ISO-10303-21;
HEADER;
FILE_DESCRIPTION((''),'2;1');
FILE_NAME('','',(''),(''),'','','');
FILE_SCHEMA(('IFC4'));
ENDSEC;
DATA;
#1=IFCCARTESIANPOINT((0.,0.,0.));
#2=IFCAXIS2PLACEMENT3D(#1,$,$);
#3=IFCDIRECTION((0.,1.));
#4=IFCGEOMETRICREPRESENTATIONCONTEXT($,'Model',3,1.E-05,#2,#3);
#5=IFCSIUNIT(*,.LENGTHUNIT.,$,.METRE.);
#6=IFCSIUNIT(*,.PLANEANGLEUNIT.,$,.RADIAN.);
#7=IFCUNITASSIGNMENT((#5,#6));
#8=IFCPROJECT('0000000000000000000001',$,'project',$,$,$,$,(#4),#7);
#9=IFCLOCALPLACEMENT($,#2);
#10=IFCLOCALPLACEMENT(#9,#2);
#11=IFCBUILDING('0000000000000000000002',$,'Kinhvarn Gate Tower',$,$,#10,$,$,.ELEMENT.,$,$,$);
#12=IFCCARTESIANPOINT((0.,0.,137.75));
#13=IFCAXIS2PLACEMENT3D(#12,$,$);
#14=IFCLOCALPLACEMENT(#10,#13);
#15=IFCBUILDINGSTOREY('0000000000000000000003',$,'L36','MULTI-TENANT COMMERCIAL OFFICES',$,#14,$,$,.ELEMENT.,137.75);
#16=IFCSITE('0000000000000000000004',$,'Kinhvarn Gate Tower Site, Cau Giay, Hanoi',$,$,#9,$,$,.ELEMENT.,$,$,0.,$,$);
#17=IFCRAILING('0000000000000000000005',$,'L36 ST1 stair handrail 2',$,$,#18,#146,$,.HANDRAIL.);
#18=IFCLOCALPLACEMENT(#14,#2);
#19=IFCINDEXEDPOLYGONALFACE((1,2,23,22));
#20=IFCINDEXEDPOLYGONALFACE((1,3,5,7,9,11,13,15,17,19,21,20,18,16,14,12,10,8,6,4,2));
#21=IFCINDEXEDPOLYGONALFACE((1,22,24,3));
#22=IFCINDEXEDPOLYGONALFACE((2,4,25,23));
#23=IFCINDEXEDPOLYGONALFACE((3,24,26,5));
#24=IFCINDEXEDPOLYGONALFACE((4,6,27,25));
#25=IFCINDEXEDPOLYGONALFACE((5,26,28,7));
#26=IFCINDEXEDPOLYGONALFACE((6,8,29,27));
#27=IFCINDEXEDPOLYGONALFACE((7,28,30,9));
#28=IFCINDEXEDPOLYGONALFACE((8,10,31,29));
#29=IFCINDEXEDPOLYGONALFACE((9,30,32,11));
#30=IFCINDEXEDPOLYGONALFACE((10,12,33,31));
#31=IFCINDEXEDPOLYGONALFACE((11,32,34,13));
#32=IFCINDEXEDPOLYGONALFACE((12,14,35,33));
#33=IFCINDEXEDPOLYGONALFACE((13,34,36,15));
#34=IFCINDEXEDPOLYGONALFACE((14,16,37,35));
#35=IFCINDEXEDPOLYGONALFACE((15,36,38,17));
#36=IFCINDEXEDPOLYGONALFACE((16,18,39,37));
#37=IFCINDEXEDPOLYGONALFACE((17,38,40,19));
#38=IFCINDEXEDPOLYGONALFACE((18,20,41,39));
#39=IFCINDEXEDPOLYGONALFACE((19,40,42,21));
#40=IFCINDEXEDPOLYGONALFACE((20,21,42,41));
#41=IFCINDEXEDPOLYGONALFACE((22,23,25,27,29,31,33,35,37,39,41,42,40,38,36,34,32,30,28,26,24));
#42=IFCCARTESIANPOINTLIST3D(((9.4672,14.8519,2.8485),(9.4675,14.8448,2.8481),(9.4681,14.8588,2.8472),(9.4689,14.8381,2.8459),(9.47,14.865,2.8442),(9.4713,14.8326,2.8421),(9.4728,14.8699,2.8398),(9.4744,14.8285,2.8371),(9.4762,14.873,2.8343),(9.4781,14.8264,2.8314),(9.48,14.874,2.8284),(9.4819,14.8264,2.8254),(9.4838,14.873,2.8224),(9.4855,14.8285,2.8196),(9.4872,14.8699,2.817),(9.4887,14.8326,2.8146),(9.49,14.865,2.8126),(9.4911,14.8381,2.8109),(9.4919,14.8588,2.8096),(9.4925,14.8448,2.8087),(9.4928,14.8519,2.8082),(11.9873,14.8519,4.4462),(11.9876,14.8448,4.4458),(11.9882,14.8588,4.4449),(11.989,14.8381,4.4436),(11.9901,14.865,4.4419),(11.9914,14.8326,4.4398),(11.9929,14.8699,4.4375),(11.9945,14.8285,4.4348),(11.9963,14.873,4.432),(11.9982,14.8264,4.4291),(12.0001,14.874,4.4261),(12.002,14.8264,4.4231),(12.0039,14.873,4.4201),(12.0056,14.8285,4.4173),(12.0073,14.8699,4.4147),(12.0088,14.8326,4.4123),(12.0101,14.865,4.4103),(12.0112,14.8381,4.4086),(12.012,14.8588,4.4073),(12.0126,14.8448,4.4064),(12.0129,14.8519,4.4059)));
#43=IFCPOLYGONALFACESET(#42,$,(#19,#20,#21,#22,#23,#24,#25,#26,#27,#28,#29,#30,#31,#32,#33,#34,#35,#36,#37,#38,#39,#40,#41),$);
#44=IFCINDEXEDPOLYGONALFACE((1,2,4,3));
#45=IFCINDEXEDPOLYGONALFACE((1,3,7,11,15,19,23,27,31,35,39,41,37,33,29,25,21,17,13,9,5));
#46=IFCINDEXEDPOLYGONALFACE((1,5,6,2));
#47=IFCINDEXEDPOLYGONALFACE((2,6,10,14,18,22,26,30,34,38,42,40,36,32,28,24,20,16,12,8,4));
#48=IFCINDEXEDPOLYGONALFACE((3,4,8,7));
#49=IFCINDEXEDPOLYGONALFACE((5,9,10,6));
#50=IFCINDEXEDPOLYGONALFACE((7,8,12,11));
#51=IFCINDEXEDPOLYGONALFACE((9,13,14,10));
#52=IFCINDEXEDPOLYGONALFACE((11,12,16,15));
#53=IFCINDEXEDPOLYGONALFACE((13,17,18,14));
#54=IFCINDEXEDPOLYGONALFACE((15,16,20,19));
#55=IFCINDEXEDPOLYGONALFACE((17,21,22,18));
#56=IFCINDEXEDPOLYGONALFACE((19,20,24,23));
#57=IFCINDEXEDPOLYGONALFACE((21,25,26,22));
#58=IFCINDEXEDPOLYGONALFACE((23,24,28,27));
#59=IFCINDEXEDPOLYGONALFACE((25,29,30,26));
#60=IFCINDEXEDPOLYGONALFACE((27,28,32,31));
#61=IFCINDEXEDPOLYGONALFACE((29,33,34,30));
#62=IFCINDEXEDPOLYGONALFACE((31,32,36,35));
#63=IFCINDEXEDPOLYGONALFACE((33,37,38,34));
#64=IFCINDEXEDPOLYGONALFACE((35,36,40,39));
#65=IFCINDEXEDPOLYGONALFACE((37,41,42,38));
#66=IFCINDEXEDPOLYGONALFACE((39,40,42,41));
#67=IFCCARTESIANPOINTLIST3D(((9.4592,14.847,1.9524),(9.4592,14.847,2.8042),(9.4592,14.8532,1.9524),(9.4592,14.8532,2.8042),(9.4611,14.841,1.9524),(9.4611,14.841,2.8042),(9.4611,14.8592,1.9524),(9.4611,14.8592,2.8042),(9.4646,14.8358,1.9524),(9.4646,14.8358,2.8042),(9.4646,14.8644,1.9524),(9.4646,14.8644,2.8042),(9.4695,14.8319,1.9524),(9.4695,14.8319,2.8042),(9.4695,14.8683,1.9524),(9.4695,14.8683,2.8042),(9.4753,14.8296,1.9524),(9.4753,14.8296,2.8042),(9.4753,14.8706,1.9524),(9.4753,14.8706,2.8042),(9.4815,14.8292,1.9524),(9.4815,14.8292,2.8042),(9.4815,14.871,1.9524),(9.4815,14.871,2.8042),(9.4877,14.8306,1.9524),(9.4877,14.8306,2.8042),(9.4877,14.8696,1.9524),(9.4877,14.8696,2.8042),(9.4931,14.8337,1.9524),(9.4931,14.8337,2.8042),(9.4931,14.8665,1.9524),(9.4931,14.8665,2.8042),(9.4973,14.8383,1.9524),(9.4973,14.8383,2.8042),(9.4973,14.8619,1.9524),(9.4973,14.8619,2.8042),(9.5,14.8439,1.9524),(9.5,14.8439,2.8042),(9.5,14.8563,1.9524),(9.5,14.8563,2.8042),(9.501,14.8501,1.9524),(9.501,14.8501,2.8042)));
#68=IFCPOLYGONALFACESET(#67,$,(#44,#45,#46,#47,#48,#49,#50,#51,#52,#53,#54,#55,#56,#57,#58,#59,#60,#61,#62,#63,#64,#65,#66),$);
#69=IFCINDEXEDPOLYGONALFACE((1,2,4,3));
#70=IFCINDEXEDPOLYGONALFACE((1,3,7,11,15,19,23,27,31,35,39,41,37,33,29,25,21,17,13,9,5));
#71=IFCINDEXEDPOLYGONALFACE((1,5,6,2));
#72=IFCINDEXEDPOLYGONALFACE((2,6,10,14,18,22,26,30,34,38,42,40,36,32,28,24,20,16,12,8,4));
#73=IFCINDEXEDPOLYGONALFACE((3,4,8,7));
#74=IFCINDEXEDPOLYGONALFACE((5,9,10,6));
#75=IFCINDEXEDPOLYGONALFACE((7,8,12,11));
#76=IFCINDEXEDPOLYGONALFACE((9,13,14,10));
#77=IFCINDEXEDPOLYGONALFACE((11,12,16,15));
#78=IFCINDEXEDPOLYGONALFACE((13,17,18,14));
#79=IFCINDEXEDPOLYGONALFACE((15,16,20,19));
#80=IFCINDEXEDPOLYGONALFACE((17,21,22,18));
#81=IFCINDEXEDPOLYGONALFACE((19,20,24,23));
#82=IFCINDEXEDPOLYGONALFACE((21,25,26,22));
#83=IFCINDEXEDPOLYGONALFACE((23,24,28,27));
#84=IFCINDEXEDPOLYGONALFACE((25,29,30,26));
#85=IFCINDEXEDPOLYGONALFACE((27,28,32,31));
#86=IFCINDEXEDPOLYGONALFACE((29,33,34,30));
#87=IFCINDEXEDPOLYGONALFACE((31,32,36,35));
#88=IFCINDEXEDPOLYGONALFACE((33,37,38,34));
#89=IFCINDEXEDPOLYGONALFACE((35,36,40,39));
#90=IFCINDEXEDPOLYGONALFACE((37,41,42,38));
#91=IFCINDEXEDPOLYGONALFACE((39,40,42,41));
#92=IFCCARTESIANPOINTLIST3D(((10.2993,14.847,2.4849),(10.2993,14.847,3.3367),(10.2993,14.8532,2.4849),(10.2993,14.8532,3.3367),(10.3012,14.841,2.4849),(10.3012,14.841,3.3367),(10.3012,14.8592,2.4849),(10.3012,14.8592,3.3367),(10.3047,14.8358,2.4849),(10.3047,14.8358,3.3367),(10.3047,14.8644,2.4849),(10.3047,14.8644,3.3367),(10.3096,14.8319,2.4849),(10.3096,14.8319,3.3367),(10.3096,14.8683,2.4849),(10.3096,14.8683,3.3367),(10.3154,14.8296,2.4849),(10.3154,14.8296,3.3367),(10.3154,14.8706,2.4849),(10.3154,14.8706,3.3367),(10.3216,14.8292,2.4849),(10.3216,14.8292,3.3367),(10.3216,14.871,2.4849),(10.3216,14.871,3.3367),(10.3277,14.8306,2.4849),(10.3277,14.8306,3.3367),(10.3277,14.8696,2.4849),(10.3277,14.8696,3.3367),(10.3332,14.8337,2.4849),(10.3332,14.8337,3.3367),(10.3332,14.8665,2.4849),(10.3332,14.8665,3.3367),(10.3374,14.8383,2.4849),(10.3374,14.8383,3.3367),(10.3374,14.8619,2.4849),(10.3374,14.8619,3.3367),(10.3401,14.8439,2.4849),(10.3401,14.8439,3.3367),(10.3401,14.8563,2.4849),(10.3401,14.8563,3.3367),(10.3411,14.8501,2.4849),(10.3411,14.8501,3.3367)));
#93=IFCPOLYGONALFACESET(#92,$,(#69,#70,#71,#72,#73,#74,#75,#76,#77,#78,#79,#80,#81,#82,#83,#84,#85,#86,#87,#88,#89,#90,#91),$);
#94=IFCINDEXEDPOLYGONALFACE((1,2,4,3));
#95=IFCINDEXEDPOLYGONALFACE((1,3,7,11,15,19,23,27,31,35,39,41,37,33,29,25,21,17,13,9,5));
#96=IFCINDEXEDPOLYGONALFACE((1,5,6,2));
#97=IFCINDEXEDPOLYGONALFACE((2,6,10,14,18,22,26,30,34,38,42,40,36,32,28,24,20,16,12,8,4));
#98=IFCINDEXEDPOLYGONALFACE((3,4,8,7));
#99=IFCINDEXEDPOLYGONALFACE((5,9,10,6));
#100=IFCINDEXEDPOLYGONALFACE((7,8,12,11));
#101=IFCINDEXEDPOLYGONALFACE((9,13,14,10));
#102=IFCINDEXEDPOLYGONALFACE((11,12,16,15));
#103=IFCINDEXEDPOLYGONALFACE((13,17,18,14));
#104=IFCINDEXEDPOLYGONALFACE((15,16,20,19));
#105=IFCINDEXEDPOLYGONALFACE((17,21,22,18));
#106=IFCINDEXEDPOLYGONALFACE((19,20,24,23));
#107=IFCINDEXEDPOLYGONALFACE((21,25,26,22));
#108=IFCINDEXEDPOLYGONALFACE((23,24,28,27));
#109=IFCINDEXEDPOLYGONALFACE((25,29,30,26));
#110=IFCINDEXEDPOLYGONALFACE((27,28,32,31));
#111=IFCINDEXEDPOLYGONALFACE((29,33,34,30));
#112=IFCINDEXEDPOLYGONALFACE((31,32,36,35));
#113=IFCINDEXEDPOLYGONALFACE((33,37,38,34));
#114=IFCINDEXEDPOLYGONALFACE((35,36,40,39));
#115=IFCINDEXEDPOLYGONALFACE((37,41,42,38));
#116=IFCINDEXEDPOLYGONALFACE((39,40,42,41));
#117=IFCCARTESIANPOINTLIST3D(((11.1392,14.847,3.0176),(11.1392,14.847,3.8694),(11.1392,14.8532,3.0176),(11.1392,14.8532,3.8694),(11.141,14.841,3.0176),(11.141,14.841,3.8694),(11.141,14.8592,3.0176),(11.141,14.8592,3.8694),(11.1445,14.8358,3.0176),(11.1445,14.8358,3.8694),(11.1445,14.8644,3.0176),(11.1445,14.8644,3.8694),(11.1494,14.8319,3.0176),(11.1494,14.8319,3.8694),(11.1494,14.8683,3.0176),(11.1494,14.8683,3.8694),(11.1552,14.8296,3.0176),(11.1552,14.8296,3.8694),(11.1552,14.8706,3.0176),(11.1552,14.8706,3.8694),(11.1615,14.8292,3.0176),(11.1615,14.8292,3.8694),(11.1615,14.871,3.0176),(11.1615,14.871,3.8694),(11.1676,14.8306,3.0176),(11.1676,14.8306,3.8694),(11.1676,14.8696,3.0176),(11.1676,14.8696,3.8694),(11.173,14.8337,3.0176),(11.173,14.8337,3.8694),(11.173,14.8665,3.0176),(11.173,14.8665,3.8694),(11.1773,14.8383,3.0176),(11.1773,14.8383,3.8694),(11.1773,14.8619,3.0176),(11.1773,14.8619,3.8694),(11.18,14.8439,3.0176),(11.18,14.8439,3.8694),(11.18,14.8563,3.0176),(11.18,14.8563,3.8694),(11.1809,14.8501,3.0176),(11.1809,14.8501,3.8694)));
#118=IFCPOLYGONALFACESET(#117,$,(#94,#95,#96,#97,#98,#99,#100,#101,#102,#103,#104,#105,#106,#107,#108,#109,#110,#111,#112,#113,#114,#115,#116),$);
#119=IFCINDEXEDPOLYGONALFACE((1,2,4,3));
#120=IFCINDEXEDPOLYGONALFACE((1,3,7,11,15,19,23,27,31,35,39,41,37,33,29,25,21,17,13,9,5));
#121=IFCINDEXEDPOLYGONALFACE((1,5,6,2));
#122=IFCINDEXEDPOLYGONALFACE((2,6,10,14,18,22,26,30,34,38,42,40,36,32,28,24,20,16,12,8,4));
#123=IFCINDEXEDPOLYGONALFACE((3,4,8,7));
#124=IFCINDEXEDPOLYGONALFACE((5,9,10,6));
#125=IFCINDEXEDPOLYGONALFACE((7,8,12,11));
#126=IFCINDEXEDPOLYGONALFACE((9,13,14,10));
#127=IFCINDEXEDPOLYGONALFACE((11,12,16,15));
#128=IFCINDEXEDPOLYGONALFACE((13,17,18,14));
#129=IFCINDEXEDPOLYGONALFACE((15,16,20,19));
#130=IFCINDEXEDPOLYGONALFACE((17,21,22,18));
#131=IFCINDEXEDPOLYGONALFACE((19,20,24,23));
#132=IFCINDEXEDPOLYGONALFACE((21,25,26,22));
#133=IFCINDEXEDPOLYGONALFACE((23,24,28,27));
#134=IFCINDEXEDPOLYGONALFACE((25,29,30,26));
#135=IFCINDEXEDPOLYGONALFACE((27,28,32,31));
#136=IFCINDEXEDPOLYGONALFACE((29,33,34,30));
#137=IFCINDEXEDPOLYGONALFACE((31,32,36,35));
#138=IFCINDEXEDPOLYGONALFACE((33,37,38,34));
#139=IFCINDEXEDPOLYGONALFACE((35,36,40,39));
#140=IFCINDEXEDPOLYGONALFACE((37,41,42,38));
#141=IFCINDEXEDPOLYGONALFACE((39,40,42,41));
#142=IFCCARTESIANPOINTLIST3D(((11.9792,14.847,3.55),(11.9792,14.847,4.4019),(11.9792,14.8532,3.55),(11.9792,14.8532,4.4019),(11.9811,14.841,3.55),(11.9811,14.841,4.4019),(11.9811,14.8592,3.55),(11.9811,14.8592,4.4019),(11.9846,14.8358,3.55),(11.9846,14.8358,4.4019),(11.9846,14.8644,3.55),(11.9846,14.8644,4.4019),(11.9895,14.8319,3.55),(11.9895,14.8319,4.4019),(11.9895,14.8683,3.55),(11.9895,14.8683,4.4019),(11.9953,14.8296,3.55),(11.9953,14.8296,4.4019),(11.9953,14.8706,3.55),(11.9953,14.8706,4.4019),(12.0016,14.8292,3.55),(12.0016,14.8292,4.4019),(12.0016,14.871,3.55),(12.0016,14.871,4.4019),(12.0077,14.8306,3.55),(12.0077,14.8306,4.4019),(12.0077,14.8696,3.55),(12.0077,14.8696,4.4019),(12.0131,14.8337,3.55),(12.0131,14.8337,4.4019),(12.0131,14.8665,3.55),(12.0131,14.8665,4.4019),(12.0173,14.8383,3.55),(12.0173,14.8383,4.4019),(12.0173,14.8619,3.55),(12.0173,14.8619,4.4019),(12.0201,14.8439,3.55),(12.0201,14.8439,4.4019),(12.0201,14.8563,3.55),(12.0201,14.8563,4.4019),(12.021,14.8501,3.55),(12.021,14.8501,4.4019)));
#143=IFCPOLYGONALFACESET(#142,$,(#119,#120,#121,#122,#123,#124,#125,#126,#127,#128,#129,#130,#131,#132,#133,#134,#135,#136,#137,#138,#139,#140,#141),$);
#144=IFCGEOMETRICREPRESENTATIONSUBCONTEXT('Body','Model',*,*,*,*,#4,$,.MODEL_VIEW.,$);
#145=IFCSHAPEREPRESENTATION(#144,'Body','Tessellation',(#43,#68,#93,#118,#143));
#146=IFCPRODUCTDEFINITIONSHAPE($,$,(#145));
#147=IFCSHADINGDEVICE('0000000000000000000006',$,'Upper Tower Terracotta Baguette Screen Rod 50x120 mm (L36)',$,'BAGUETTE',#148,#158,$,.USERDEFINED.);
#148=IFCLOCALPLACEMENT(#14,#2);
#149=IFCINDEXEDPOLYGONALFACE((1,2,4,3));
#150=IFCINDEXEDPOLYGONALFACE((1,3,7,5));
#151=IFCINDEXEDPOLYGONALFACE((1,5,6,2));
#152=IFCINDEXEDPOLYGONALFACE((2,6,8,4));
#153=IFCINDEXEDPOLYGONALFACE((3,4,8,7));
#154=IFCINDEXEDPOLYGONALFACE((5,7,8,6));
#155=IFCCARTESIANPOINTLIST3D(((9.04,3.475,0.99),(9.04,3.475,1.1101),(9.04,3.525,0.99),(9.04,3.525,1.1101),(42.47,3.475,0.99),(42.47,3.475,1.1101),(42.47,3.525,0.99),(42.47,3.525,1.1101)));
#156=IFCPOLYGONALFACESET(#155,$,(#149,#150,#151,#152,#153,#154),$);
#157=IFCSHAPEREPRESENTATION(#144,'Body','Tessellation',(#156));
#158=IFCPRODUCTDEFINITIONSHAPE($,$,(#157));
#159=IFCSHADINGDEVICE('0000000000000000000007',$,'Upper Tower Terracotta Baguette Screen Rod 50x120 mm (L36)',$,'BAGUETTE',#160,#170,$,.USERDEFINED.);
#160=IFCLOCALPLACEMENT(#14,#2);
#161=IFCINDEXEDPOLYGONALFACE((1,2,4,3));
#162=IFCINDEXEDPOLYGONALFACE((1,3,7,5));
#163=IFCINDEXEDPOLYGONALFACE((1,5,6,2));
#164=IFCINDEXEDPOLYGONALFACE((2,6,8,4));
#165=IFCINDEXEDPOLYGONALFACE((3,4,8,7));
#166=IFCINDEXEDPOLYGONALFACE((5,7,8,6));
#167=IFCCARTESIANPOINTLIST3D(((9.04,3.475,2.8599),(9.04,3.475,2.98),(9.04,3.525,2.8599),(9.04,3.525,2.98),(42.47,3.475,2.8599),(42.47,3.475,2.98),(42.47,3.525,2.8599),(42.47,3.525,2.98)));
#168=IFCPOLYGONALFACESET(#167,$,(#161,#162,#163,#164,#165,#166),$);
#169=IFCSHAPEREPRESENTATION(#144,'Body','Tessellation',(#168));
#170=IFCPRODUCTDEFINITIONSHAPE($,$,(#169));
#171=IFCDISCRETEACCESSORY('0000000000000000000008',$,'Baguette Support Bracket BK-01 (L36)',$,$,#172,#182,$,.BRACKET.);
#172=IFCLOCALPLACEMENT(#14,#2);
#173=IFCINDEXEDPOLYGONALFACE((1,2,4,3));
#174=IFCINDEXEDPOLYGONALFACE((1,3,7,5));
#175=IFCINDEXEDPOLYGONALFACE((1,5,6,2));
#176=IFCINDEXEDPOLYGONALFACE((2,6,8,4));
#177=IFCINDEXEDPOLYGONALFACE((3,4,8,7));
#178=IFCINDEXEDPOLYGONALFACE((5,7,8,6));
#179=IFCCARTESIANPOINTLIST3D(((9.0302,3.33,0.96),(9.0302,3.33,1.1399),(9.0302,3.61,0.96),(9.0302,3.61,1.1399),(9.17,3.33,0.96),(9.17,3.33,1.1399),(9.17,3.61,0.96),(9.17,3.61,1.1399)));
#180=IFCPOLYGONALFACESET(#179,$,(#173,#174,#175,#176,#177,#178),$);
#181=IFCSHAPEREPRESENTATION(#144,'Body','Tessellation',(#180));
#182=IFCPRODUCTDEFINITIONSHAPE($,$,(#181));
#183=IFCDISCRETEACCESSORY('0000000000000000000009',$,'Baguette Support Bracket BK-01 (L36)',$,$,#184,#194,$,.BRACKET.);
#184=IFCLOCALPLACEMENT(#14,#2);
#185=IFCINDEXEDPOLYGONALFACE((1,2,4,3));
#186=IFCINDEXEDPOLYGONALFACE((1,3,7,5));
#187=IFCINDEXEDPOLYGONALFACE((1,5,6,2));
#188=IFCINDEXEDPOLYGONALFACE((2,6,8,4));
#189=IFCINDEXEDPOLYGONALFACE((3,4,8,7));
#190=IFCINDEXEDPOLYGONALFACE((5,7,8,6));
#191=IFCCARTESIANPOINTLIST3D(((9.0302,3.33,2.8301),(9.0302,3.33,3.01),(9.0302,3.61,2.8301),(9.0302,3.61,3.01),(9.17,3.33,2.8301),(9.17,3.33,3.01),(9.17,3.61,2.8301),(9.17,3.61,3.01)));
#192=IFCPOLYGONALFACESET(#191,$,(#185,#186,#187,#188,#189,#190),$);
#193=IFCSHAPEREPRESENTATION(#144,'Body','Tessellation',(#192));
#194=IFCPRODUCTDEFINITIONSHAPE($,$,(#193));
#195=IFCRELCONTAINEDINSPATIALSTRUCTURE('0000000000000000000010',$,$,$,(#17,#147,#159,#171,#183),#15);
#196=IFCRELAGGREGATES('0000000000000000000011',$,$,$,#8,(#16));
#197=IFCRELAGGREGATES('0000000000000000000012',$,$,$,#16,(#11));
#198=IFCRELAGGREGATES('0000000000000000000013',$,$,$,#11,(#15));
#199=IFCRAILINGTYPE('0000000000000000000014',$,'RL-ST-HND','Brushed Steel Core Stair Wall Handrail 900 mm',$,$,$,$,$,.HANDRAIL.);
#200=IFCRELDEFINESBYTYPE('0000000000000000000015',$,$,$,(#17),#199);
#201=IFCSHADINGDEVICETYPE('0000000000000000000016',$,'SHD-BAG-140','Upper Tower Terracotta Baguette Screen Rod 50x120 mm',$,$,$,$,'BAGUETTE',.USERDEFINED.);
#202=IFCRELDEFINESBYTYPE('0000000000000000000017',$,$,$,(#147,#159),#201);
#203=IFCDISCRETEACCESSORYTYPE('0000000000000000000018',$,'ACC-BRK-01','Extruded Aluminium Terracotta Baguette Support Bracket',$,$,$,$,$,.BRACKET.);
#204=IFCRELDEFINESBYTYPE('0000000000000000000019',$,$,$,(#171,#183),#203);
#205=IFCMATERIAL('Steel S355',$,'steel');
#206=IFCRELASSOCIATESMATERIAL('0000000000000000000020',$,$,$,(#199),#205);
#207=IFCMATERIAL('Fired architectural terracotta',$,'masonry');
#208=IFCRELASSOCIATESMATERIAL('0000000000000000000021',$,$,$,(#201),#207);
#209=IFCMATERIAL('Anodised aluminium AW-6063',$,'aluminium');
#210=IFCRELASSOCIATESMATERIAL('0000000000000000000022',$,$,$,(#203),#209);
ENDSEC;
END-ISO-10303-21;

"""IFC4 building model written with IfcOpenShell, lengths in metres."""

from ifc_helpers import new_model, si_unit, direction, frame, origin, origin_2d, place, context, subcontext, project, spatial, rectangle, circle, extrude, material, material_profile, profile_set, type_object, element, save


model = new_model("IFC4")

# Units and contexts
model_context = context("Model", 3, precision=1e-05, world=origin(), true_north=direction((0.0, 1.0)))
body_context = subcontext(model_context, "Body", "Model", "MODEL_VIEW")
ifc_project = project(units=[si_unit("LENGTHUNIT", "METRE"), si_unit("PLANEANGLEUNIT", "RADIAN")], contexts=[model_context])

# Site, building, storey
site_placement = place(None, origin())
site = spatial("IfcSite", under=ifc_project, at=site_placement, Name="Kinhvarn Gate Tower Site, Cau Giay, Hanoi", CompositionType="ELEMENT", RefElevation=0.0)
building_placement = place(site_placement, origin())
building = spatial("IfcBuilding", under=site, at=building_placement, Name="Kinhvarn Gate Tower", CompositionType="ELEMENT")
storey_placement = place(building_placement, frame((0.0, 0.0, 137.75)))
storey = spatial("IfcBuildingStorey", under=building, at=storey_placement, Name="L36", Description="MULTI-TENANT COMMERCIAL OFFICES", CompositionType="ELEMENT", Elevation=137.75)

# Shared definitions
ifc_material_1 = material(Name="Anodised aluminium AW-6063", Category="aluminium")

# Shared definitions
ifc_material_2 = material(Name="Steel S355", Category="steel")

# Shared definitions
ifc_material_3 = material(Name="Fired architectural terracotta", Category="masonry")

# Railing
railing_type_1 = type_object("IfcRailingType", Name="RL-ST-HND", Description="Brushed Steel Core Stair Wall Handrail 900 mm", PredefinedType="HANDRAIL", material=ifc_material_2)
railing_1_placement = place(storey_placement, frame((9.48, 14.8501, 1.9524)))
element("IfcRailing", 1, at=railing_1_placement, inside=storey, type_object=railing_type_1, Name="L36 ST1 stair handrail 2", PredefinedType="HANDRAIL", context=body_context, shape_type="SweptSolid", body=[
    extrude(circle(Radius=0.0239, at=origin_2d()), frame((0.0, 0.0, 0.876), z_axis=(0.84457, 0.0, 0.535445), x_axis=(0.0, 1.0, 0.0)), (0.0, 0.0, 1.0), 2.9839),
    extrude(circle(Radius=0.021, at=origin_2d()), origin(), (0.0, 0.0, 1.0), 0.8518),
    extrude(circle(Radius=0.021, at=origin_2d()), frame((0.8401, 0.0, 0.5325)), (0.0, 0.0, 1.0), 0.8518),
    extrude(circle(Radius=0.021, at=origin_2d()), frame((1.6799, 0.0, 1.0652)), (0.0, 0.0, 1.0), 0.8518),
    extrude(circle(Radius=0.021, at=origin_2d()), frame((2.52, 0.0, 1.5977)), (0.0, 0.0, 1.0), 0.8518),
])

# Shading devices
ifc_material_profile_1 = material_profile(ifc_material_3, rectangle(XDim=0.05, YDim=0.1201, at=origin_2d()), Name="TC 50x120")
ifc_profile_set_1 = profile_set([ifc_material_profile_1], Name="Fired architectural terracotta")
shading_device_type = type_object("IfcShadingDeviceType", Name="SHD-BAG-140", Description="Upper Tower Terracotta Baguette Screen Rod 50x120 mm", ElementType="BAGUETTE", PredefinedType="USERDEFINED", material=ifc_profile_set_1)
for number, where, z_axis, x_axis, name in (
    (2, (9.04, 3.5, 1.05), (1.0, 0.0, 0.0), (0.0, 1.0, 0.0), "Upper Tower Terracotta Baguette Screen Rod 50x120 mm (L36)"),
    (3, (9.04, 3.5, 2.9199), (1.0, 0.0, 0.0), (0.0, 1.0, 0.0), "Upper Tower Terracotta Baguette Screen Rod 50x120 mm (L36)"),
):
    element("IfcShadingDevice", number, at=place(storey_placement, frame(where, z_axis=z_axis, x_axis=x_axis)), inside=storey, type_object=shading_device_type, Name=name, ObjectType="BAGUETTE", PredefinedType="USERDEFINED", context=body_context, shape_type="SweptSolid", body=[
        extrude(rectangle(XDim=0.05, YDim=0.1201, at=origin_2d()), origin(), (0.0, 0.0, 1.0), 33.4299),
    ])

# Discrete accessories
discrete_accessory_type = type_object("IfcDiscreteAccessoryType", Name="ACC-BRK-01", Description="Extruded Aluminium Terracotta Baguette Support Bracket", PredefinedType="BRACKET", material=ifc_material_1)
for number, where, z_axis, x_axis, name in (
    (4, (9.1001, 3.47, 0.96), (0.0, 0.0, 1.0), (1.0, 0.0, 0.0), "Baguette Support Bracket BK-01 (L36)"),
    (5, (9.1001, 3.47, 2.8301), (0.0, 0.0, 1.0), (1.0, 0.0, 0.0), "Baguette Support Bracket BK-01 (L36)"),
):
    element("IfcDiscreteAccessory", number, at=place(storey_placement, frame(where, z_axis=z_axis, x_axis=x_axis)), inside=storey, type_object=discrete_accessory_type, Name=name, PredefinedType="BRACKET", context=body_context, shape_type="SweptSolid", body=[
        extrude(rectangle(XDim=0.1399, YDim=0.28, at=origin_2d()), origin(), (0.0, 0.0, 1.0), 0.1799),
    ])

save(model, "model.ifc")
